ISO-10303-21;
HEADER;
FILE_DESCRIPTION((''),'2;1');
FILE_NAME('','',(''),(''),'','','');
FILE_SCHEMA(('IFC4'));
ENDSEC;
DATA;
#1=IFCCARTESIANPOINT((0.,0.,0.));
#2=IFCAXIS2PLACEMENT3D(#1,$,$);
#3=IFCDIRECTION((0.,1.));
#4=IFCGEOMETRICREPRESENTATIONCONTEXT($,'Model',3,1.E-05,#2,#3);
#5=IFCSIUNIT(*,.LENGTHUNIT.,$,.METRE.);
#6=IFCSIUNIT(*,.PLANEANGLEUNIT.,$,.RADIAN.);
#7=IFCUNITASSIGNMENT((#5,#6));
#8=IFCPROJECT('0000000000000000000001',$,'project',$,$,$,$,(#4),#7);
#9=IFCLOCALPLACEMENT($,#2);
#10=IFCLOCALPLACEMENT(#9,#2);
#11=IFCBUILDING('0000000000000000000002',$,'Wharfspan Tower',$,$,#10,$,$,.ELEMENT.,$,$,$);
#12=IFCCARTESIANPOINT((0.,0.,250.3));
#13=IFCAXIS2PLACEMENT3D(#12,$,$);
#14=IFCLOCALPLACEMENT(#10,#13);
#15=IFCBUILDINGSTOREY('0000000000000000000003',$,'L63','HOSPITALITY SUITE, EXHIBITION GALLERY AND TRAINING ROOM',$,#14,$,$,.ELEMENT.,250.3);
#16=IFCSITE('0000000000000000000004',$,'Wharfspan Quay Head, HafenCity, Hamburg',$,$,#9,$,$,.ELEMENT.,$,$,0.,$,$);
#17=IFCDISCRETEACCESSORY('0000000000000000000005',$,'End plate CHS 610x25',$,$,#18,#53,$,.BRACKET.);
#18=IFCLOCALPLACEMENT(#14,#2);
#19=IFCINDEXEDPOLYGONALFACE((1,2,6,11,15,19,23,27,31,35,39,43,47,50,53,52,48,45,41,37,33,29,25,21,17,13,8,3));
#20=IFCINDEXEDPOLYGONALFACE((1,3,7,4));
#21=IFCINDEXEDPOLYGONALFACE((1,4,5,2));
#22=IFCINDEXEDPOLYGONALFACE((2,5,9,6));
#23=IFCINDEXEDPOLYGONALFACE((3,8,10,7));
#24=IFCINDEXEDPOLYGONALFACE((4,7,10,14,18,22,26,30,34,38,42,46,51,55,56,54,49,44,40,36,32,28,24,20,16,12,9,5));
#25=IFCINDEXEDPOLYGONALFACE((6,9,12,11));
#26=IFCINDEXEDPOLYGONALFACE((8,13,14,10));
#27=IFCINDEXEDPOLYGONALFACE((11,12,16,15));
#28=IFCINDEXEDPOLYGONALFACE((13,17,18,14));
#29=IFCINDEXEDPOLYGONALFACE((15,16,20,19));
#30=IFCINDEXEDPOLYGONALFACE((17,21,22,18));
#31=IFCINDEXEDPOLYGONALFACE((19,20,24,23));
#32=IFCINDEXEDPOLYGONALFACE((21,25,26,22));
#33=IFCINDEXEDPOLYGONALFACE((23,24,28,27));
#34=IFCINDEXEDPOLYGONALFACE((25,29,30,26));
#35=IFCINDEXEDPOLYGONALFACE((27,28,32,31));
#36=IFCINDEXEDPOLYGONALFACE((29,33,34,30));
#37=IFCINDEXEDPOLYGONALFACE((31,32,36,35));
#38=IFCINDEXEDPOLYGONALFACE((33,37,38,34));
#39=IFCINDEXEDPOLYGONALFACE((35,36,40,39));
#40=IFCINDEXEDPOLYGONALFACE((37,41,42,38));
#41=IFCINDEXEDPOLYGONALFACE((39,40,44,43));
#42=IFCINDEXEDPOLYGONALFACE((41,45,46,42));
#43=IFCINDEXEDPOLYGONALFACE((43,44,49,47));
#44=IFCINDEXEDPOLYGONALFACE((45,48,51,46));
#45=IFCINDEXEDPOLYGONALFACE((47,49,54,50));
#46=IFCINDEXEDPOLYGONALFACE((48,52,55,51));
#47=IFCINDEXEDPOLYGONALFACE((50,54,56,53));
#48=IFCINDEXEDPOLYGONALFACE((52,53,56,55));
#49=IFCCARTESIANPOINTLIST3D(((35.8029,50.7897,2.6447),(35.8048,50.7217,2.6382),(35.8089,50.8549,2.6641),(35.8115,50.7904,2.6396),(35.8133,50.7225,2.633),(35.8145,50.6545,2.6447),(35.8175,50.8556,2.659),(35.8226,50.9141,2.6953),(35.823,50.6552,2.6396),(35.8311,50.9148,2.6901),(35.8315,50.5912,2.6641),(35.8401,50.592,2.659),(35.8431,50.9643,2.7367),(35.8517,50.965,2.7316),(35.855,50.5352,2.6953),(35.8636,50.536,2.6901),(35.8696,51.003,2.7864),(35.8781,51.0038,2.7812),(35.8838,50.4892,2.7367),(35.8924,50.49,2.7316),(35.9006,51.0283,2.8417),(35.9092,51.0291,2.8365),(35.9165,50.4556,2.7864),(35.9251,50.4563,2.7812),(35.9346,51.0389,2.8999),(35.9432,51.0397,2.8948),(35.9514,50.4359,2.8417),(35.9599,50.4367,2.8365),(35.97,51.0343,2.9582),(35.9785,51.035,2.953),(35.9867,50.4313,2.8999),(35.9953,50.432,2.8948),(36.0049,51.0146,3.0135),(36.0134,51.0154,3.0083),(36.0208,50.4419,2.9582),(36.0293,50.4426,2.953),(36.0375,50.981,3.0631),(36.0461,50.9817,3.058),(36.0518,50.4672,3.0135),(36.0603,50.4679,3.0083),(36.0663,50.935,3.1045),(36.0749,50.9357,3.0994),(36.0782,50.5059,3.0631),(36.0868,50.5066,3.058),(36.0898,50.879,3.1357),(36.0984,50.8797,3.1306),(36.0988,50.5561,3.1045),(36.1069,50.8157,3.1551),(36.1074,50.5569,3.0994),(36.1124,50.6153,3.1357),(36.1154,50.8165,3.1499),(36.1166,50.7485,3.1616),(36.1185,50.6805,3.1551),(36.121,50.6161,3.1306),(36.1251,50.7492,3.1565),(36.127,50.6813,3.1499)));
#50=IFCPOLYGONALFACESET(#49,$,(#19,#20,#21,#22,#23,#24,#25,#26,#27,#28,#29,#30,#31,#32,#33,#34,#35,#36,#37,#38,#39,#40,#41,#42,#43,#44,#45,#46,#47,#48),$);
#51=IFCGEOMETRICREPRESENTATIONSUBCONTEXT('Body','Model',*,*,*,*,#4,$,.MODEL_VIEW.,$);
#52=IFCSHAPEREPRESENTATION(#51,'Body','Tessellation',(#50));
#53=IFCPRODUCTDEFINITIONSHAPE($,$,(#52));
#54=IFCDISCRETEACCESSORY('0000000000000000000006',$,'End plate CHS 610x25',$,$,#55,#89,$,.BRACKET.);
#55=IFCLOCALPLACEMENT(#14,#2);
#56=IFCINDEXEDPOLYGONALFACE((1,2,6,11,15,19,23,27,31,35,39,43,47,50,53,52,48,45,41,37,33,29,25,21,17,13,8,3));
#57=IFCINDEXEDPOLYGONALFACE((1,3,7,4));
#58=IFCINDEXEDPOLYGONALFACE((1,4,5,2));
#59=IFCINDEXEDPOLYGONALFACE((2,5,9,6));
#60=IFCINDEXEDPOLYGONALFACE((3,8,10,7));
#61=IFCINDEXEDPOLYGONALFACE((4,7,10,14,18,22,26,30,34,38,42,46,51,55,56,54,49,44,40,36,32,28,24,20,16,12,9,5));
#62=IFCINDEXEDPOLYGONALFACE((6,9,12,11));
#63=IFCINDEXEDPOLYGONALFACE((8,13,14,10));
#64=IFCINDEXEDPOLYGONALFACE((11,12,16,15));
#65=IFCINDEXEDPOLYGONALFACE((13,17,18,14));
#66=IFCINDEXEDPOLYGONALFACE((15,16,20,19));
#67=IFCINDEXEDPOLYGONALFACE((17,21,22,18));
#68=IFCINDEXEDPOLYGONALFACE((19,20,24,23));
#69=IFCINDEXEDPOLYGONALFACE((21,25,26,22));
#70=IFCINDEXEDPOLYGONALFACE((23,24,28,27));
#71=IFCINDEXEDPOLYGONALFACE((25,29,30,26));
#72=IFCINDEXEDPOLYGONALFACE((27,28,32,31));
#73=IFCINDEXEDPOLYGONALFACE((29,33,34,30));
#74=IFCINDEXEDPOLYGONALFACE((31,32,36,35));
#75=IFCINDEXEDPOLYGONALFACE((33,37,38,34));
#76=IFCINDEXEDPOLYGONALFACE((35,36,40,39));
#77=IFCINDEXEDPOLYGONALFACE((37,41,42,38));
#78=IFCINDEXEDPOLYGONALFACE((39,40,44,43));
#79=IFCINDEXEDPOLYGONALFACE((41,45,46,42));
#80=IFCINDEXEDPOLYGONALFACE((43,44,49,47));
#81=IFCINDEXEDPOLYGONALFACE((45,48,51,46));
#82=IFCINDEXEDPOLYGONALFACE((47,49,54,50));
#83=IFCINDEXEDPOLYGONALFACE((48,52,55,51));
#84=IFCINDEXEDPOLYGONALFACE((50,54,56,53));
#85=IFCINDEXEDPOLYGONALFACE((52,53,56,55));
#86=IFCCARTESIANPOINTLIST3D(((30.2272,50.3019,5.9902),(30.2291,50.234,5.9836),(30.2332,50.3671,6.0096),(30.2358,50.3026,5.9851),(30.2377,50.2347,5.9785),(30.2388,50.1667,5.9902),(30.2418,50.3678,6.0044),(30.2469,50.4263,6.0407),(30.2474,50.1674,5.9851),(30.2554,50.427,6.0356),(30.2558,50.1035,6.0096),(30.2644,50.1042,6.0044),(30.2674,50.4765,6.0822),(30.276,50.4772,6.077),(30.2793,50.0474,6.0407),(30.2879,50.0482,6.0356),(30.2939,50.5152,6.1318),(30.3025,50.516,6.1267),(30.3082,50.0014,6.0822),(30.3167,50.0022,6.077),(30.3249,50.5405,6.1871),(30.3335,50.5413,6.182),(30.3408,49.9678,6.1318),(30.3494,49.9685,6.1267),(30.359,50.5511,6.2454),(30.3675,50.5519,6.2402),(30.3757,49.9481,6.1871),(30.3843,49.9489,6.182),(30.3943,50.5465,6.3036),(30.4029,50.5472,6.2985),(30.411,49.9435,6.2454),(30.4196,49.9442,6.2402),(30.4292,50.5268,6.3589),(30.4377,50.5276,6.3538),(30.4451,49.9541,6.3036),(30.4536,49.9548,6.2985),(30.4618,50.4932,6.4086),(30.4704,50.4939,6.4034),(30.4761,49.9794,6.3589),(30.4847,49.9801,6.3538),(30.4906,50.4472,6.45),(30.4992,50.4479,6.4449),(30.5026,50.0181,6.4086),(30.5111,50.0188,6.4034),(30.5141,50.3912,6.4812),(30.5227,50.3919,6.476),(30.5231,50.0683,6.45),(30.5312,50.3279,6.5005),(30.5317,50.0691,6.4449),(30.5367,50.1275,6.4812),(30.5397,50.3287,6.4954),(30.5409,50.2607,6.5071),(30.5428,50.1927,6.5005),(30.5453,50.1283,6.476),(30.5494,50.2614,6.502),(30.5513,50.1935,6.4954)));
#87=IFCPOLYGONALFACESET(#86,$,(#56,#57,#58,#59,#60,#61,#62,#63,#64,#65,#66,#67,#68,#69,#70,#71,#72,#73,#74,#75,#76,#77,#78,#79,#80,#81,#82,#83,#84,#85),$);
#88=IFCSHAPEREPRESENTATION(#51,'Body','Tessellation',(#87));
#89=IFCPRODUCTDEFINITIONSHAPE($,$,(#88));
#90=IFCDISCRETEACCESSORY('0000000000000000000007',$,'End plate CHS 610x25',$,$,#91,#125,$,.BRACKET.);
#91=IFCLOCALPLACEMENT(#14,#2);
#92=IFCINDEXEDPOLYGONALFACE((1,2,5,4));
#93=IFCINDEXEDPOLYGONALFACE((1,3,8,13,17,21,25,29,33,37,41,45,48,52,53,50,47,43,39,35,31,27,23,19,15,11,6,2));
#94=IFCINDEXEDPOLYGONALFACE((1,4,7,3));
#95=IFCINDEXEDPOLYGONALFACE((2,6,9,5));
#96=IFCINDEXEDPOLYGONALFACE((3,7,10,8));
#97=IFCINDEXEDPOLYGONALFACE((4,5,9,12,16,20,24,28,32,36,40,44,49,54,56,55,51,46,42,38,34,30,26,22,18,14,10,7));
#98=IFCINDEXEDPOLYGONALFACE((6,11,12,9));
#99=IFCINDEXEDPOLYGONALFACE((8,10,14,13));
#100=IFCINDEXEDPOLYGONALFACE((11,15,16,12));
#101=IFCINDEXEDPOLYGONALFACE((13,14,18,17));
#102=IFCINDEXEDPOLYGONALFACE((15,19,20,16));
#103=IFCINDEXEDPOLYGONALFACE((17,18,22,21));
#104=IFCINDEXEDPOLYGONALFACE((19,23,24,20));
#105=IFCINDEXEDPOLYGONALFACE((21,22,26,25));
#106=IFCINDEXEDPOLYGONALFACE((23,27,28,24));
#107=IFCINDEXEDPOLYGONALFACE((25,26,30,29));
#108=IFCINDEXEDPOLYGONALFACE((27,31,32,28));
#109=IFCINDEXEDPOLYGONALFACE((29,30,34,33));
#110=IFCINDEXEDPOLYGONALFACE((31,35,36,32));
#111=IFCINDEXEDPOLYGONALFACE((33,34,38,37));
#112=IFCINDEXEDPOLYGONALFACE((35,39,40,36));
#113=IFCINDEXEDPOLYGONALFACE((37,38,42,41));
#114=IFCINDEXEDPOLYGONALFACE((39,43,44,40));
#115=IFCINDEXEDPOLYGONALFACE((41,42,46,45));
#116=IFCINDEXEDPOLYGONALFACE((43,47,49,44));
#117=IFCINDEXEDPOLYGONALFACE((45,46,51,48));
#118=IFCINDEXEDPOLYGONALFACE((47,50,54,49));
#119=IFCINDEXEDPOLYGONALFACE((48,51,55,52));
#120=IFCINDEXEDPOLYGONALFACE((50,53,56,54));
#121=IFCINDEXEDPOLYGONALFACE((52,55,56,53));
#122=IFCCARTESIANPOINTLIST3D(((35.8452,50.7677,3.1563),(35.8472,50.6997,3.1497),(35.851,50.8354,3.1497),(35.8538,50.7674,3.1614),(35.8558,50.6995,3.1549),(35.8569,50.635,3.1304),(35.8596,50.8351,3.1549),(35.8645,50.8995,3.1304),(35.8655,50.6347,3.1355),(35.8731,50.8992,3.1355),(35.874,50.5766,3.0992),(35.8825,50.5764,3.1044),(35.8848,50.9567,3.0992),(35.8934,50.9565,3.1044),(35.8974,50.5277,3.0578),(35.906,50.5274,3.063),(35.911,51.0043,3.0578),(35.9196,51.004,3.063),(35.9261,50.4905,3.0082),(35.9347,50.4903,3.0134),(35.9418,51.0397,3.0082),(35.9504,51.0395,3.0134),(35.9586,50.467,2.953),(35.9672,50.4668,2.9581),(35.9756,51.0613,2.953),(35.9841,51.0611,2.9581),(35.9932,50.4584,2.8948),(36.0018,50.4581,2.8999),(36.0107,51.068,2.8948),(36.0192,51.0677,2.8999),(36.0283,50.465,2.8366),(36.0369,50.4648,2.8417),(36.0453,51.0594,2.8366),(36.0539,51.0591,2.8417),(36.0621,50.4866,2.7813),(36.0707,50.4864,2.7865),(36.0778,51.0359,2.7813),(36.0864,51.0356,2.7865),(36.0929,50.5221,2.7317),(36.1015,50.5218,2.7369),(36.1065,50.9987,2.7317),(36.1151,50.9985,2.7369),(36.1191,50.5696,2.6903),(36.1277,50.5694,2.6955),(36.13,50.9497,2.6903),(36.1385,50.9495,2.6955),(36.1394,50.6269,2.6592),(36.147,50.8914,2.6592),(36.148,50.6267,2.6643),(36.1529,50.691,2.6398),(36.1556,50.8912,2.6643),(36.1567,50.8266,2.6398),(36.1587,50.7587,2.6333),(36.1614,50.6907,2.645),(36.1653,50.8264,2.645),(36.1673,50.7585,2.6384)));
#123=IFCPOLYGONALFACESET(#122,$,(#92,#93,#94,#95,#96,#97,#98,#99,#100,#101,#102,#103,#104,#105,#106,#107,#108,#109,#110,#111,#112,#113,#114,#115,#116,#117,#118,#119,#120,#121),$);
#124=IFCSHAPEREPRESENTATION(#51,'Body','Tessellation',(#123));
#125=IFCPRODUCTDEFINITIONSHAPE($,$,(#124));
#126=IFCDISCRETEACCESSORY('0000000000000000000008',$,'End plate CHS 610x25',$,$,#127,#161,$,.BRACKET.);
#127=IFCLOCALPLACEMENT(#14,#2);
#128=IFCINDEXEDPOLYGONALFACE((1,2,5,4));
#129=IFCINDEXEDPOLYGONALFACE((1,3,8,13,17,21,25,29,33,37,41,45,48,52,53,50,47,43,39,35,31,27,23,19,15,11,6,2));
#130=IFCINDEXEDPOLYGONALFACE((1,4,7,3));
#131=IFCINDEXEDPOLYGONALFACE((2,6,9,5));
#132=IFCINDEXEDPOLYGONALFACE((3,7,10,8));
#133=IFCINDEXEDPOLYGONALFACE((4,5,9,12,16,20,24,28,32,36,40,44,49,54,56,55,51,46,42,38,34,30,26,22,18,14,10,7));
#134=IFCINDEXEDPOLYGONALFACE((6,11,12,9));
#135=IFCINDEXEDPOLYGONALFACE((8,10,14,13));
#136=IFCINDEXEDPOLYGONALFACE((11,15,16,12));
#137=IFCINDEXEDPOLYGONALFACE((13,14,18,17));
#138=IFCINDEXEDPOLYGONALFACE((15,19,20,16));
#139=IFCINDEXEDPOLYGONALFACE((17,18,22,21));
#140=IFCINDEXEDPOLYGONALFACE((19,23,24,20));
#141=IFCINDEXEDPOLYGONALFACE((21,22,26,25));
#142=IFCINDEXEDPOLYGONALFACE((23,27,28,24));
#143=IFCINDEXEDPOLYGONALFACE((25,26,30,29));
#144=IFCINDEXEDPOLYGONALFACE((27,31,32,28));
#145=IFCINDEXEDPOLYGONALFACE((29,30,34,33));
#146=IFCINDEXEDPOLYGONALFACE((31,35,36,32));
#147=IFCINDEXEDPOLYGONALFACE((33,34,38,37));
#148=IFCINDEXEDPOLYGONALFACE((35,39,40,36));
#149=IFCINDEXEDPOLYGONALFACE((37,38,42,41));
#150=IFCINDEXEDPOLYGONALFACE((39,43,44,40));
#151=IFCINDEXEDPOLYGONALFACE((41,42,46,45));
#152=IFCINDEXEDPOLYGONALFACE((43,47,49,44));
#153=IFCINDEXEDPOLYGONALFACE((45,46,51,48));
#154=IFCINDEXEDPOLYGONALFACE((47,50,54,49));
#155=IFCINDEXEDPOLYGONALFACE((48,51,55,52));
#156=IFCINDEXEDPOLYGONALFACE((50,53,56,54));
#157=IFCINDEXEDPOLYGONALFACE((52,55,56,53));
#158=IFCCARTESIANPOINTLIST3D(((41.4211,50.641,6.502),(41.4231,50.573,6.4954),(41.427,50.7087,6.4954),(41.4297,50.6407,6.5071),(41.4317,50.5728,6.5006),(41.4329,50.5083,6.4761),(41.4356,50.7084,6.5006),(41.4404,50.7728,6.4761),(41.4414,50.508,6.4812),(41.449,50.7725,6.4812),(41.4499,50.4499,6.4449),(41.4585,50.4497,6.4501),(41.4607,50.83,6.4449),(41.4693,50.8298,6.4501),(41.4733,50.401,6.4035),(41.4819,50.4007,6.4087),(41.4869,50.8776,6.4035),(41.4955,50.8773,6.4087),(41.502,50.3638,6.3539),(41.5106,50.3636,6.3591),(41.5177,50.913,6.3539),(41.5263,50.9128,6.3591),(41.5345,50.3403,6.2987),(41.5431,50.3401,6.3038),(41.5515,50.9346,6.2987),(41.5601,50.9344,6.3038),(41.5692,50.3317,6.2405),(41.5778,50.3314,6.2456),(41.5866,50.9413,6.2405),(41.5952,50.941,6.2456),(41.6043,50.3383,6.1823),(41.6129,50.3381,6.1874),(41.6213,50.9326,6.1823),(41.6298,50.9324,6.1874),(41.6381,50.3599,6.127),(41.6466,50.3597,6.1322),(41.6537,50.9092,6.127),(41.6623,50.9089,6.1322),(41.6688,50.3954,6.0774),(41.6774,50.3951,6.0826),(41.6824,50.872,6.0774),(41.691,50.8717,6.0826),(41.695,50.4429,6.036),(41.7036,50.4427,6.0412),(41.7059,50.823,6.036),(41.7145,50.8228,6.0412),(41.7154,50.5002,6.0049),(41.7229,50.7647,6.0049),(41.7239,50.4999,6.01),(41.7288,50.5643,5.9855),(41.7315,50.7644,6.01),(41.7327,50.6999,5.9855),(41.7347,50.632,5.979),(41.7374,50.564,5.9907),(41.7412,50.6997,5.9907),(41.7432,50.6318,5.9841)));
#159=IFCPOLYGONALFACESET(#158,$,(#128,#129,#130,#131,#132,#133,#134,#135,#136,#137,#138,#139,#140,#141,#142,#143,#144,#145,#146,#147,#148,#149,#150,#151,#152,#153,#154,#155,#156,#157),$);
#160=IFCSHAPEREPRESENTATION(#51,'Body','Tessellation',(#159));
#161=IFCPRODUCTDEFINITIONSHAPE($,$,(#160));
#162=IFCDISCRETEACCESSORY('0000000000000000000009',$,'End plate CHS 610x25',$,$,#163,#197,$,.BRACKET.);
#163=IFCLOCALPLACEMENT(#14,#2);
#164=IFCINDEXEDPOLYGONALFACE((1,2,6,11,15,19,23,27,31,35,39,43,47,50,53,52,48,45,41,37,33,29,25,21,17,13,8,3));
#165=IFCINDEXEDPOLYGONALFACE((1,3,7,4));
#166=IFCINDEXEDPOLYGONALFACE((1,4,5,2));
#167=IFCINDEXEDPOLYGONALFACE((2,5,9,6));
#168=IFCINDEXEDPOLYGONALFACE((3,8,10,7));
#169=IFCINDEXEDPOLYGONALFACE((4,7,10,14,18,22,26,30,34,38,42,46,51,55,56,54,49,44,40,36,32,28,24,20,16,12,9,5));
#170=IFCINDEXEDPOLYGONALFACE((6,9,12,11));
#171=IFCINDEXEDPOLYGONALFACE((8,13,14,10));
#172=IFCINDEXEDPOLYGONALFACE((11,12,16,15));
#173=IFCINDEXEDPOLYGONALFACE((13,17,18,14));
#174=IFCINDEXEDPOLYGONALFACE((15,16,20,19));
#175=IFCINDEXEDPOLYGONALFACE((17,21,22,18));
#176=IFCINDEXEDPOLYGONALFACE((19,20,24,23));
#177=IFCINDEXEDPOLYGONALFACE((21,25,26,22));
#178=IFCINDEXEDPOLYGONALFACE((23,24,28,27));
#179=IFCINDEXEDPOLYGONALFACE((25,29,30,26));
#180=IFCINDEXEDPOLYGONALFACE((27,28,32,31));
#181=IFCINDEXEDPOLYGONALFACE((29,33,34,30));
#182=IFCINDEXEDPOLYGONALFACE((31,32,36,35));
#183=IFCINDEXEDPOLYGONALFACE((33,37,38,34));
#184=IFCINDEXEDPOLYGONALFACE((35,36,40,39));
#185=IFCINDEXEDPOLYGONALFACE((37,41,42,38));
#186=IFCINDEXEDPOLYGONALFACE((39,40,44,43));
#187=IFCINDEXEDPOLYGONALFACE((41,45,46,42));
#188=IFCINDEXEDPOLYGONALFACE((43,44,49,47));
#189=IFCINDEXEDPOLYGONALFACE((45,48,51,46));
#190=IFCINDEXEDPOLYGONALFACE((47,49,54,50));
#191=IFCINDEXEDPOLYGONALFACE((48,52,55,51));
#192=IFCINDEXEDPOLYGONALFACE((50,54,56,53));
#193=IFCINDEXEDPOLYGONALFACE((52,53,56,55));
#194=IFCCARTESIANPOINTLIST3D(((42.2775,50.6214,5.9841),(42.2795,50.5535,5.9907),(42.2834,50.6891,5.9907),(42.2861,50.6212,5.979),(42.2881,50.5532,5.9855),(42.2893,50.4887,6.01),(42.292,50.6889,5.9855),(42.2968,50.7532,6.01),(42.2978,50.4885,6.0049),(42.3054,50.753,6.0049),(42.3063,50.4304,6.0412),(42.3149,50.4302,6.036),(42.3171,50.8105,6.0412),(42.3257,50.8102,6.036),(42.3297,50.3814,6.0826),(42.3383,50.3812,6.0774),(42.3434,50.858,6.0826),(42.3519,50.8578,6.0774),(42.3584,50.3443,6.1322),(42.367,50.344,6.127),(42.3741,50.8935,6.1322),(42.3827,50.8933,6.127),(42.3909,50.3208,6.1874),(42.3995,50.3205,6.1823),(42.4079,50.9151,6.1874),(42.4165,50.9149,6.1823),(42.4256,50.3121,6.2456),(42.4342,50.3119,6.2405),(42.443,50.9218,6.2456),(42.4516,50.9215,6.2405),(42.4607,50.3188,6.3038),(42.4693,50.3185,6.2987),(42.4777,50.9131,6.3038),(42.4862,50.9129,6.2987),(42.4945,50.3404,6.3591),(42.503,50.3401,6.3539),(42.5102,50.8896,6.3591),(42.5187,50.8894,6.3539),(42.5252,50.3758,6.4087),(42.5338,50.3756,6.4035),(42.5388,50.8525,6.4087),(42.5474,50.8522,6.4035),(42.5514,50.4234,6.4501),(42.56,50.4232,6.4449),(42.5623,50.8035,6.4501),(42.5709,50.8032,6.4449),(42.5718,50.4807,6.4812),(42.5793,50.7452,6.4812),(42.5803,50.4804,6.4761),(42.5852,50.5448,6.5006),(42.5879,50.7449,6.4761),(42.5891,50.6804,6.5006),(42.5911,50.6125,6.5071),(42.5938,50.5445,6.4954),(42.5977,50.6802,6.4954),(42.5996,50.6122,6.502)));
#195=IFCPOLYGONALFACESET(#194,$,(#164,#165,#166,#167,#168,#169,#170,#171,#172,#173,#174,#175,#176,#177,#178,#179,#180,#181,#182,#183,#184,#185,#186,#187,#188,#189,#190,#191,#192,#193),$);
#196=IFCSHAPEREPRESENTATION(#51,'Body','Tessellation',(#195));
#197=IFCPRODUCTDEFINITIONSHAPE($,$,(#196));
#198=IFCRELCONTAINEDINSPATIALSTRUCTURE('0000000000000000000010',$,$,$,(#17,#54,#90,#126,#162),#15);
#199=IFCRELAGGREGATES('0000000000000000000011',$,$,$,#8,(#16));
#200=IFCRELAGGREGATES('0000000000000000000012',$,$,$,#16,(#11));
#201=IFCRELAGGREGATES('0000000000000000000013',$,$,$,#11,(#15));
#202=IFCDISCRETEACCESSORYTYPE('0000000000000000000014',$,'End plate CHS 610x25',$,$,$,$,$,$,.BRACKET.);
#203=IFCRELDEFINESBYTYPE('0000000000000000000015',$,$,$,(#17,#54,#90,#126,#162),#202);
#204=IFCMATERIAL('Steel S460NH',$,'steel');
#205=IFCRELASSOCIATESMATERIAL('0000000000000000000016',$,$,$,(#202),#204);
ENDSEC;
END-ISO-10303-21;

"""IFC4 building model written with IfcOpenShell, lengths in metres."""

from ifc_helpers import new_model, si_unit, direction, frame, origin, origin_2d, place, context, subcontext, project, spatial, circle, extrude, material, material_profile, profile_set, type_object, element, save


model = new_model("IFC4")

# Units and contexts
model_context = context("Model", 3, precision=1e-05, world=origin(), true_north=direction((0.0, 1.0)))
body_context = subcontext(model_context, "Body", "Model", "MODEL_VIEW")
ifc_project = project(units=[si_unit("LENGTHUNIT", "METRE"), si_unit("PLANEANGLEUNIT", "RADIAN")], contexts=[model_context])

# Site, building, storey
site_placement = place(None, origin())
site = spatial("IfcSite", under=ifc_project, at=site_placement, Name="Wharfspan Quay Head, HafenCity, Hamburg", CompositionType="ELEMENT", RefElevation=0.0)
building_placement = place(site_placement, origin())
building = spatial("IfcBuilding", under=site, at=building_placement, Name="Wharfspan Tower", CompositionType="ELEMENT")
storey_placement = place(building_placement, frame((0.0, 0.0, 250.3)))
storey = spatial("IfcBuildingStorey", under=building, at=storey_placement, Name="L63", Description="HOSPITALITY SUITE, EXHIBITION GALLERY AND TRAINING ROOM", CompositionType="ELEMENT", Elevation=250.3)

# Shared definitions
ifc_material_1 = material(Name="Steel S460NH", Category="steel")

# Discrete accessories
ifc_material_profile_1 = material_profile(ifc_material_1, circle(Radius=0.3049, at=origin_2d()))
ifc_profile_set_1 = profile_set([ifc_material_profile_1], Name="Steel S460NH")
discrete_accessory_type = type_object("IfcDiscreteAccessoryType", Name="End plate CHS 610x25", PredefinedType="BRACKET", material=ifc_profile_set_1)
for number, where, z_axis, x_axis, name in (
    (1, (35.9692, 50.7358, 2.8948), (-0.855186, -0.073302, 0.513112), (0.085402, -0.996345, 0.000001), "End plate CHS 610x25"),
    (2, (30.3936, 50.248, 6.2402), (-0.855186, -0.073302, 0.513112), (0.085402, -0.996345, 0.000001), "End plate CHS 610x25"),
    (3, (36.002, 50.7632, 2.8948), (0.857236, -0.024492, 0.514341), (0.028558, 0.999591, 0.000002), "End plate CHS 610x25"),
    (4, (41.5779, 50.6365, 6.2405), (0.857236, -0.024492, 0.514341), (0.028558, 0.999591, 0.000002), "End plate CHS 610x25"),
    (5, (42.4429, 50.6167, 6.2405), (-0.857236, 0.024492, 0.514341), (-0.028558, -0.999591, 0.000002), "End plate CHS 610x25"),
):
    element("IfcDiscreteAccessory", number, at=place(storey_placement, frame(where, z_axis=z_axis, x_axis=x_axis)), inside=storey, type_object=discrete_accessory_type, Name=name, PredefinedType="BRACKET", context=body_context, shape_type="SweptSolid", body=[
        extrude(circle(Radius=0.3049, at=origin_2d()), origin(), (0.0, 0.0, 1.0), 0.01),
    ])

save(model, "model.ifc")
